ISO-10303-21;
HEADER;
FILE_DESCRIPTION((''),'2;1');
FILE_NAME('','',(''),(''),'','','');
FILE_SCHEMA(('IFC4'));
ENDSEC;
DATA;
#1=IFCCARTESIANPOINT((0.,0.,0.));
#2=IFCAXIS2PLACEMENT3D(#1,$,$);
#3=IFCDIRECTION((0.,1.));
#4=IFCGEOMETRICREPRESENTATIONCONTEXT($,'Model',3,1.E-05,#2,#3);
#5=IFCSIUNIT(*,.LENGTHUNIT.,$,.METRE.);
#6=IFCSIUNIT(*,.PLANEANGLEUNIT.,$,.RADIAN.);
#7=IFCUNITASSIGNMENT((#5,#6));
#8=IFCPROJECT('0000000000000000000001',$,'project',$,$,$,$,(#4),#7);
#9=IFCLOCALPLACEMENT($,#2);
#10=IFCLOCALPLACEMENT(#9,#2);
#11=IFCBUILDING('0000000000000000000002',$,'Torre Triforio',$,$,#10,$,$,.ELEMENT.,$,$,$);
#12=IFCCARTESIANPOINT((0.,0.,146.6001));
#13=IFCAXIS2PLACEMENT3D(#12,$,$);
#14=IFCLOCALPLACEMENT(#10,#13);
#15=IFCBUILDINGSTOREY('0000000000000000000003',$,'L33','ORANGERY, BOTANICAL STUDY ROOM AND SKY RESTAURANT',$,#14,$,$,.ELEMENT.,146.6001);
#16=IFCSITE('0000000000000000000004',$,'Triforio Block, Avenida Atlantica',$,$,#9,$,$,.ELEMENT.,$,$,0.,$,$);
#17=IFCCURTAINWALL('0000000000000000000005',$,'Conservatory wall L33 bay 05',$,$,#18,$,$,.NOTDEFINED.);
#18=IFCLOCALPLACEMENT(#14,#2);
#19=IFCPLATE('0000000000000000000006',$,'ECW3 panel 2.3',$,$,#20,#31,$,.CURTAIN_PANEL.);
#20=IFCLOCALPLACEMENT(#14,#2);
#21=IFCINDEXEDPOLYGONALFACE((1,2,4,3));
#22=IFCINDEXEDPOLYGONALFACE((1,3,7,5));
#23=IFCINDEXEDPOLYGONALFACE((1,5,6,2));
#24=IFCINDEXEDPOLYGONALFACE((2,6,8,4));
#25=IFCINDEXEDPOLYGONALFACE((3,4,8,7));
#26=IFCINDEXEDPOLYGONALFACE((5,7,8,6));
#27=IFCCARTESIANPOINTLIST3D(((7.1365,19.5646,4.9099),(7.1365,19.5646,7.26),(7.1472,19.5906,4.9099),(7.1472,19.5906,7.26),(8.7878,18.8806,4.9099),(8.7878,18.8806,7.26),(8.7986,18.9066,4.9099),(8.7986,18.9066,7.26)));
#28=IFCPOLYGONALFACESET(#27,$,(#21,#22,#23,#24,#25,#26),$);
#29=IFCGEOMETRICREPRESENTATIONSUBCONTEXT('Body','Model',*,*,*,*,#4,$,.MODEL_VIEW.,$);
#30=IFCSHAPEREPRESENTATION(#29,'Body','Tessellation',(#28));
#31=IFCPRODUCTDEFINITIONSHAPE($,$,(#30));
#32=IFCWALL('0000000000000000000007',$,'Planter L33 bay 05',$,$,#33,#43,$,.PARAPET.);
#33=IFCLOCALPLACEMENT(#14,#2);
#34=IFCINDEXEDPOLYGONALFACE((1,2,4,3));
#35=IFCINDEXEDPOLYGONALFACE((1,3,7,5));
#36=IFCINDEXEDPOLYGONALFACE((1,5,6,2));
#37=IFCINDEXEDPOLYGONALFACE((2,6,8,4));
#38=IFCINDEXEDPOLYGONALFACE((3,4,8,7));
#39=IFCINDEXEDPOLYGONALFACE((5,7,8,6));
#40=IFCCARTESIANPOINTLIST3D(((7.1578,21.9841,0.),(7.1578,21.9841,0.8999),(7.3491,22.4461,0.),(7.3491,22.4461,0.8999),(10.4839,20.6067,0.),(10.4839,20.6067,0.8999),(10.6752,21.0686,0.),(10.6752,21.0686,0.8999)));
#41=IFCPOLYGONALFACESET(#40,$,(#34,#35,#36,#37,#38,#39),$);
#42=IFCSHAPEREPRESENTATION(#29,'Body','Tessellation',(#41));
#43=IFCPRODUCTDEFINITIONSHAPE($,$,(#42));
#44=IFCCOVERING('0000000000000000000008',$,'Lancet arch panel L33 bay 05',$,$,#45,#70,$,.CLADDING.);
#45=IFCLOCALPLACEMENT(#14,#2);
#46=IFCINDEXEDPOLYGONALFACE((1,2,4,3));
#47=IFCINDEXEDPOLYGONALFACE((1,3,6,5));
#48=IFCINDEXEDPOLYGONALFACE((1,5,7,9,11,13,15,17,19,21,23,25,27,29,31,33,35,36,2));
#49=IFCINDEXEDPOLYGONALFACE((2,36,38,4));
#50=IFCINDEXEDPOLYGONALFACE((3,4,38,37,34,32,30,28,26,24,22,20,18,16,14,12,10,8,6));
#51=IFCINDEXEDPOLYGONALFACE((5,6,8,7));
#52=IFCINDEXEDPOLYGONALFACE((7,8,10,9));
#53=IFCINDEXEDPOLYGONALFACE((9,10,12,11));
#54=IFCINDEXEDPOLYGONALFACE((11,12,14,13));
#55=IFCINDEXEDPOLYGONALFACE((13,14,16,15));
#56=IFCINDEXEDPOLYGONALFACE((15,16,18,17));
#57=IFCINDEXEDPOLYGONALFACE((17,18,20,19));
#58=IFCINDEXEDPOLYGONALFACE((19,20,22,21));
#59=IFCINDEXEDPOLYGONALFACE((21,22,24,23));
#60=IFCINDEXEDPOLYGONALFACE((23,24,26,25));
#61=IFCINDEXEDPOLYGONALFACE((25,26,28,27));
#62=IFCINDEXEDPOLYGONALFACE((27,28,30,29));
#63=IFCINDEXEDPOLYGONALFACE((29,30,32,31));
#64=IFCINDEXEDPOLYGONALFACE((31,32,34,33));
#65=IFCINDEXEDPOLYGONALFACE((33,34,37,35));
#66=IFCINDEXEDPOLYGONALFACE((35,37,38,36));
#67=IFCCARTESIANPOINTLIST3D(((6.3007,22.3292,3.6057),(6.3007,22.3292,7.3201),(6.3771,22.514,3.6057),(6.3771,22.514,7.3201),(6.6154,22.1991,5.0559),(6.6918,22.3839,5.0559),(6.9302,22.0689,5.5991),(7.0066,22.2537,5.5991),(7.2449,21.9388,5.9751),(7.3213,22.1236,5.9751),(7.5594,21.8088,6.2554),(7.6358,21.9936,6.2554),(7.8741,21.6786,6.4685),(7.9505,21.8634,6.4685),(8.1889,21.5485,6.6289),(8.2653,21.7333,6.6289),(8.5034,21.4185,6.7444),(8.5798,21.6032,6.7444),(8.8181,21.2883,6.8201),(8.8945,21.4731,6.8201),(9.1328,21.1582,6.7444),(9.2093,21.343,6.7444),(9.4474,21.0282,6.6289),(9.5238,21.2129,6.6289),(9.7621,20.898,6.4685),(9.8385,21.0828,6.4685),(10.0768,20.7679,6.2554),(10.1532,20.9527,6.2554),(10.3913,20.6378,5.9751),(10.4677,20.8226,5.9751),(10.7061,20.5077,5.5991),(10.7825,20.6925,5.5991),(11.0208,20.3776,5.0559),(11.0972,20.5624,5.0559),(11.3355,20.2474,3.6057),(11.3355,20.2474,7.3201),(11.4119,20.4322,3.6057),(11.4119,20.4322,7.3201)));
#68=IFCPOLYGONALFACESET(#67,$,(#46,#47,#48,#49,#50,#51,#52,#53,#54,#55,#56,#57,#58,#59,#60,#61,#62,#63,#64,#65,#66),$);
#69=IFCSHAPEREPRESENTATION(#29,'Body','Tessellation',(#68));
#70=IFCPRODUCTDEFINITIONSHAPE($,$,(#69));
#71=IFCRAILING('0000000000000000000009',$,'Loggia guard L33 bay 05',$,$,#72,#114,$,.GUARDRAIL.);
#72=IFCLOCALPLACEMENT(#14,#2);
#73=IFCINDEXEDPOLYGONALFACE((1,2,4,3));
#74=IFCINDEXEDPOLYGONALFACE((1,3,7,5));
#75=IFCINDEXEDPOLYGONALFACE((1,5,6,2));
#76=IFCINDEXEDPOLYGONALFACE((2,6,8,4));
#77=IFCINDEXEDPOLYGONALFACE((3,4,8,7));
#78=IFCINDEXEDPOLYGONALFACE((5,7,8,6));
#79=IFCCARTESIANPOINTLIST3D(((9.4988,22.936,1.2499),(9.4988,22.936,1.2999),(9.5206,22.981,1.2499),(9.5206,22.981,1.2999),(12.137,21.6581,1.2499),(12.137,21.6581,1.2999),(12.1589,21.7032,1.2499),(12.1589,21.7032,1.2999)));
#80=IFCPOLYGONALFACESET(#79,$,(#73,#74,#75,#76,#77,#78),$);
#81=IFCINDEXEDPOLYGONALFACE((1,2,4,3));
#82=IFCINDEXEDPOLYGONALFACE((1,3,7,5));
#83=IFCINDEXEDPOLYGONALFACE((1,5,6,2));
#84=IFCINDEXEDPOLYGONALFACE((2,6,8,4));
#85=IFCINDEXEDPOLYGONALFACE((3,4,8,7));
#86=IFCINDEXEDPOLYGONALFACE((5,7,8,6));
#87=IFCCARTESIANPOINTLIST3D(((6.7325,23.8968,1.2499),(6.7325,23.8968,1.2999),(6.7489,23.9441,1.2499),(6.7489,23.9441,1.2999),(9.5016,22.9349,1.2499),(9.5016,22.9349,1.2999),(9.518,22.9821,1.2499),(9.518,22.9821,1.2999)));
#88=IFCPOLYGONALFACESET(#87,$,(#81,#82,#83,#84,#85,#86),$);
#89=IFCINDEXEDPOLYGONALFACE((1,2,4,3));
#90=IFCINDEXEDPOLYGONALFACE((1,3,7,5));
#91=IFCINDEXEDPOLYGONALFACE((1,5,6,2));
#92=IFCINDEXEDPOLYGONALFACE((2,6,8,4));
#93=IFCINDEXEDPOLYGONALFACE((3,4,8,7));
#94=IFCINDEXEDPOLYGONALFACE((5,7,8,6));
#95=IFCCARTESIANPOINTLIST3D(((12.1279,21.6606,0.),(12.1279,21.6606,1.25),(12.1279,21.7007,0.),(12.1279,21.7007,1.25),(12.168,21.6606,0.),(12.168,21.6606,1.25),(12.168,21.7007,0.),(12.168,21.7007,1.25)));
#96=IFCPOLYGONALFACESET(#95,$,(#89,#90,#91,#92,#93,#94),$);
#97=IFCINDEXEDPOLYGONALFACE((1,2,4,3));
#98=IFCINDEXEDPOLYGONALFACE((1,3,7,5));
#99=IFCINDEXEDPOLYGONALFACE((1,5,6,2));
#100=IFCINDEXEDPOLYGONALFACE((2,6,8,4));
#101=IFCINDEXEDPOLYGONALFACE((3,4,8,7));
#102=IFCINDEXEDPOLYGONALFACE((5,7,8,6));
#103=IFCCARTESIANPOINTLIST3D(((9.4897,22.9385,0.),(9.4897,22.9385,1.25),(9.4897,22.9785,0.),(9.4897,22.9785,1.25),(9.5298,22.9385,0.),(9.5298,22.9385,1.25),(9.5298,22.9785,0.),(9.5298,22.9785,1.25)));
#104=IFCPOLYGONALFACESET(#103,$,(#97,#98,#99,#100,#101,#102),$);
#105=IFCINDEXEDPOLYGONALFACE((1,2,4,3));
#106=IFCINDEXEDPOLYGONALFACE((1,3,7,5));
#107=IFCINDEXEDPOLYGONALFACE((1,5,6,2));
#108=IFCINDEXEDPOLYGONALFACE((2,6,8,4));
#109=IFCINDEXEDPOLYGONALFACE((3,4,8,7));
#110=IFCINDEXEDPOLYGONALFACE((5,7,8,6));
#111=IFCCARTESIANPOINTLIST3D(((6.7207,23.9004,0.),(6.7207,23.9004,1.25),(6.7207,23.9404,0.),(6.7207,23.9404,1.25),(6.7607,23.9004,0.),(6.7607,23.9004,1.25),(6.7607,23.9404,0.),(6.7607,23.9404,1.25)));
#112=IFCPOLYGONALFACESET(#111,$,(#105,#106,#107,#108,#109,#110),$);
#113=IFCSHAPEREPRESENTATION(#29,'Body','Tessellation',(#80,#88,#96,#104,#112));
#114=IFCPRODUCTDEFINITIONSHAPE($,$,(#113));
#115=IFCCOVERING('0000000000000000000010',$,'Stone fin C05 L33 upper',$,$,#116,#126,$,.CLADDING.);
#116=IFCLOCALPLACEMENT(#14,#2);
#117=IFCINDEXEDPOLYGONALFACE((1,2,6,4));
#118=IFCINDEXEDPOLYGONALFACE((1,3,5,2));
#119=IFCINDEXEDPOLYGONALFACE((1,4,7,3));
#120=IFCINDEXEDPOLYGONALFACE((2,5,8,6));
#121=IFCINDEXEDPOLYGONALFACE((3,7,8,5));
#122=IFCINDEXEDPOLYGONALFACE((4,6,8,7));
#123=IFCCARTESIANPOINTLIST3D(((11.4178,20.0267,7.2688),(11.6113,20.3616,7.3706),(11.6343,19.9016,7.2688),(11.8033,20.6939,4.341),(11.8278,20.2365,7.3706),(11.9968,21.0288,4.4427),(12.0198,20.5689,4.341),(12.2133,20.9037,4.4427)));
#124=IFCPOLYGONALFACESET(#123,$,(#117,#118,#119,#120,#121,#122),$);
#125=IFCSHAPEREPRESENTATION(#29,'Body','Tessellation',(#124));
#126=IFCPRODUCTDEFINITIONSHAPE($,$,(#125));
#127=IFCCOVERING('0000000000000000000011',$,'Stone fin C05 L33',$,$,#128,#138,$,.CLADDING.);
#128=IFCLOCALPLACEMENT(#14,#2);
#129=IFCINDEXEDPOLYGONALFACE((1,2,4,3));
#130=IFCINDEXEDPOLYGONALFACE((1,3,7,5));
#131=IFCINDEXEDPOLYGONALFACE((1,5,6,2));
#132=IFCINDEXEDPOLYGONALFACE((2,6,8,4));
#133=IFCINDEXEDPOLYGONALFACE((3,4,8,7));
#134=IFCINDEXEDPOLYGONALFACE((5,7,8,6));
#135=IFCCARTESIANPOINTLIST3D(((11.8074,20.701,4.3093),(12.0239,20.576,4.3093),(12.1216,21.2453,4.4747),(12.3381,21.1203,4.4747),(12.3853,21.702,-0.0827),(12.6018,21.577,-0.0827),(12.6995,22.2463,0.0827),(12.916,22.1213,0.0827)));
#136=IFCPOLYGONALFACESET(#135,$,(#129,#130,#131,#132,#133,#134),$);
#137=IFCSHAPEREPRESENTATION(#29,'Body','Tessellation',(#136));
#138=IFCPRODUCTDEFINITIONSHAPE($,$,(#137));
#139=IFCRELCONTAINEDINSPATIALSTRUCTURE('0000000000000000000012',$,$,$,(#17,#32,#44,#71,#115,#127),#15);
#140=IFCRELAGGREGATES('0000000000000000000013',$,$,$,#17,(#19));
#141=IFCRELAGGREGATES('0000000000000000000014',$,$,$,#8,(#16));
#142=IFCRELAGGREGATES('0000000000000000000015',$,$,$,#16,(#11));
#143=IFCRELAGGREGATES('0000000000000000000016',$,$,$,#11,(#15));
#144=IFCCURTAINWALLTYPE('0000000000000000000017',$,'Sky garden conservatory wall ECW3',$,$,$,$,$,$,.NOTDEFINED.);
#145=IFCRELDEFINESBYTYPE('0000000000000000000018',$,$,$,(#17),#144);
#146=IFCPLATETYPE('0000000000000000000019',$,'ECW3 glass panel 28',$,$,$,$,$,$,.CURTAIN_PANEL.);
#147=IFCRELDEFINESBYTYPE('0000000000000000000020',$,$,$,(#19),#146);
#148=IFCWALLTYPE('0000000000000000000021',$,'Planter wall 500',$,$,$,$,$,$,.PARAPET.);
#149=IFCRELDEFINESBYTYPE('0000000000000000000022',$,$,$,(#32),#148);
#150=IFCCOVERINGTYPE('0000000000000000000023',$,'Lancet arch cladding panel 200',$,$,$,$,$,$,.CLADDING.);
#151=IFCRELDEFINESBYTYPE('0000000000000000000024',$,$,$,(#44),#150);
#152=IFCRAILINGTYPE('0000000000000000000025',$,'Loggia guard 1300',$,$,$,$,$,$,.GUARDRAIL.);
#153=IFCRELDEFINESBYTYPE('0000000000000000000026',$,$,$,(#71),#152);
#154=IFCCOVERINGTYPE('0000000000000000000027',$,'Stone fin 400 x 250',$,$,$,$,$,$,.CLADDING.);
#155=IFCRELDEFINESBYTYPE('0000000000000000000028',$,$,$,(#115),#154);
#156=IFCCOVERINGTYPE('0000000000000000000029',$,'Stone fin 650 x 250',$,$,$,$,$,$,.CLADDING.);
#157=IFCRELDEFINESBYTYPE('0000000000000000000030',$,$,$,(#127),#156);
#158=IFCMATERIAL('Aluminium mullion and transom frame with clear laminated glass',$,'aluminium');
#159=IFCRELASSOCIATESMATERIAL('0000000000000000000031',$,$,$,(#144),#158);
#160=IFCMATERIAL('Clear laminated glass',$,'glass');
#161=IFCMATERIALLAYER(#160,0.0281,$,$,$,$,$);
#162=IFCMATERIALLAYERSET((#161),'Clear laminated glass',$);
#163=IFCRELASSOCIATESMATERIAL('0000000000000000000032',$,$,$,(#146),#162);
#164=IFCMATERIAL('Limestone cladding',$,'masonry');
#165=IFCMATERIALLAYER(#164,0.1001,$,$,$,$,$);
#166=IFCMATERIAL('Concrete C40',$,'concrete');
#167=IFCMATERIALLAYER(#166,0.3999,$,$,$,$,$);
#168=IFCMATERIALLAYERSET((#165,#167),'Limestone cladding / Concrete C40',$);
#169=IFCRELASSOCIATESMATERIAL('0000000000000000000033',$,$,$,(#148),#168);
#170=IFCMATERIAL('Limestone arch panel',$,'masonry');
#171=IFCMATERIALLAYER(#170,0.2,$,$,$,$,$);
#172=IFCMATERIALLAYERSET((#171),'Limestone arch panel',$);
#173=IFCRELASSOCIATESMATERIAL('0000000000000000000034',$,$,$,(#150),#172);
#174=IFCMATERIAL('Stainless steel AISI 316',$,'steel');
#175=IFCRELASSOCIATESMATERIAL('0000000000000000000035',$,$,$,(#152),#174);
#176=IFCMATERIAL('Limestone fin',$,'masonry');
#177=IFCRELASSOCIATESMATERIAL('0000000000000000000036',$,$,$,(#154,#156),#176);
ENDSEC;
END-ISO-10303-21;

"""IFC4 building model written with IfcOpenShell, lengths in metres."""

from ifc_helpers import new_model, si_unit, direction, frame, frame_2d, origin, origin_2d, place, context, subcontext, project, spatial, polyline, rectangle, outline, extrude, material, layer, layer_set, material_profile, profile_set, type_object, element, aggregate, save


model = new_model("IFC4")

# Units and contexts
model_context = context("Model", 3, precision=1e-05, world=origin(), true_north=direction((0.0, 1.0)))
body_context = subcontext(model_context, "Body", "Model", "MODEL_VIEW")
ifc_project = project(units=[si_unit("LENGTHUNIT", "METRE"), si_unit("PLANEANGLEUNIT", "RADIAN")], contexts=[model_context])

# Site, building, storey
site_placement = place(None, origin())
site = spatial("IfcSite", under=ifc_project, at=site_placement, Name="Triforio Block, Avenida Atlantica", CompositionType="ELEMENT", RefElevation=0.0)
building_placement = place(site_placement, origin())
building = spatial("IfcBuilding", under=site, at=building_placement, Name="Torre Triforio", CompositionType="ELEMENT")
storey_placement = place(building_placement, frame((0.0, 0.0, 146.6001)))
storey = spatial("IfcBuildingStorey", under=building, at=storey_placement, Name="L33", Description="ORANGERY, BOTANICAL STUDY ROOM AND SKY RESTAURANT", CompositionType="ELEMENT", Elevation=146.6001)

# Curtain wall
ifc_material_1 = material(Name="Aluminium mullion and transom frame with clear laminated glass", Category="aluminium")
curtain_wall_type = type_object("IfcCurtainWallType", Name="Sky garden conservatory wall ECW3", PredefinedType="NOTDEFINED", material=ifc_material_1)
curtain_wall_placement = place(storey_placement, origin())
curtain_wall = element("IfcCurtainWall", 1, at=curtain_wall_placement, inside=storey, type_object=curtain_wall_type, Name="Conservatory wall L33 bay 05", PredefinedType="NOTDEFINED")

# Plate
ifc_material_2 = material(Name="Clear laminated glass", Category="glass")
ifc_layer_1 = layer(ifc_material_2, 0.0281)
ifc_layer_set_1 = layer_set([ifc_layer_1], Name="Clear laminated glass")
plate_type = type_object("IfcPlateType", Name="ECW3 glass panel 28", PredefinedType="CURTAIN_PANEL", material=ifc_layer_set_1)
plate_1_placement = place(storey_placement, frame((7.9675, 19.2356, 4.9099), z_axis=(0.0, 0.0, 1.0), x_axis=(-0.923883, 0.382675, 0.0)))
plate_1 = element("IfcPlate", 2, at=plate_1_placement, type_object=plate_type, Name="ECW3 panel 2.3", PredefinedType="CURTAIN_PANEL", context=body_context, shape_type="SweptSolid", body=[
    extrude(rectangle(XDim=1.7874, YDim=0.0281, at=origin_2d()), origin(), (0.0, 0.0, 1.0), 2.3501),
])
aggregate(curtain_wall, [plate_1])

# Wall
ifc_material_3 = material(Name="Limestone cladding", Category="masonry")
ifc_layer_2 = layer(ifc_material_3, 0.1001)
ifc_material_4 = material(Name="Concrete C40", Category="concrete")
ifc_layer_3 = layer(ifc_material_4, 0.3999)
ifc_layer_set_2 = layer_set([ifc_layer_2, ifc_layer_3], Name="Limestone cladding / Concrete C40")
wall_type = type_object("IfcWallType", Name="Planter wall 500", PredefinedType="PARAPET", material=ifc_layer_set_2)
wall_placement = place(storey_placement, frame((10.5796, 20.8376, 0.0), z_axis=(0.0, 0.0, 1.0), x_axis=(-0.923909, 0.382611, 0.0)))
element("IfcWall", 3, at=wall_placement, inside=storey, type_object=wall_type, Name="Planter L33 bay 05", PredefinedType="PARAPET", context=body_context, shape_type="SweptSolid", body=[
    extrude(rectangle(XDim=3.6001, YDim=0.5, at=frame_2d((1.8, 0.0))), origin(), (0.0, 0.0, 1.0), 0.8999),
])

# Covering
ifc_material_5 = material(Name="Limestone arch panel", Category="masonry")
ifc_layer_4 = layer(ifc_material_5, 0.2)
ifc_layer_set_3 = layer_set([ifc_layer_4], Name="Limestone arch panel")
covering_type_1 = type_object("IfcCoveringType", Name="Lancet arch cladding panel 200", PredefinedType="CLADDING", material=ifc_layer_set_3)
covering_1_placement = place(storey_placement, frame((8.8181, 21.2883, 0.0), z_axis=(0.3821, 0.924121, 0.0), x_axis=(-0.924121, 0.3821, 0.0)))
element("IfcCovering", 4, at=covering_1_placement, inside=storey, type_object=covering_type_1, Name="Lancet arch panel L33 bay 05", PredefinedType="CLADDING", context=body_context, shape_type="SweptSolid", body=[
    extrude(outline(polyline([(-2.7241, 7.3201), (-2.7241, 3.6057), (-2.3835, 5.0559), (-2.043, 5.5991), (-1.7024, 5.9751), (-1.3621, 6.2554), (-1.0215, 6.4685), (-0.6809, 6.6289), (-0.3406, 6.7444), (0.0, 6.8201), (0.3406, 6.7444), (0.6809, 6.6289), (1.0215, 6.4685), (1.3621, 6.2554), (1.7024, 5.9751), (2.043, 5.5991), (2.3835, 5.0559), (2.7241, 3.6057), (2.7241, 7.3201), (-2.7241, 7.3201)])), origin(), (0.0, 0.0, 1.0), 0.2),
])

# Railing
ifc_material_6 = material(Name="Stainless steel AISI 316", Category="steel")
railing_type = type_object("IfcRailingType", Name="Loggia guard 1300", PredefinedType="GUARDRAIL", material=ifc_material_6)
railing_placement = place(storey_placement, frame((12.1479, 21.6807, 0.0)))
element("IfcRailing", 5, at=railing_placement, inside=storey, type_object=railing_type, Name="Loggia guard L33 bay 05", PredefinedType="GUARDRAIL", context=body_context, shape_type="SweptSolid", body=[
    extrude(rectangle(XDim=0.05, YDim=0.05, at=origin_2d()), frame((0.0, 0.0, 1.2749), z_axis=(-0.899986, 0.435918, 0.0), x_axis=(-0.435918, -0.899986, 0.0)), (0.0, 0.0, 1.0), 2.9314),
    extrude(rectangle(XDim=0.05, YDim=0.05, at=origin_2d()), frame((-2.6382, 1.2778, 1.2749), z_axis=(-0.944627, 0.328146, 0.0), x_axis=(-0.328146, -0.944627, 0.0)), (0.0, 0.0, 1.0), 2.9314),
    extrude(rectangle(XDim=0.04, YDim=0.04, at=origin_2d()), origin(), (0.0, 0.0, 1.0), 1.25),
    extrude(rectangle(XDim=0.04, YDim=0.04, at=origin_2d()), frame((-2.6382, 1.2778, 0.0)), (0.0, 0.0, 1.0), 1.25),
    extrude(rectangle(XDim=0.04, YDim=0.04, at=origin_2d()), frame((-5.4072, 2.2397, 0.0)), (0.0, 0.0, 1.0), 1.25),
])

# Coverings
ifc_material_7 = material(Name="Limestone fin", Category="masonry")
ifc_material_profile_1 = material_profile(ifc_material_7, rectangle(XDim=0.3999, YDim=0.25, at=origin_2d()), Name="FIN 400x250")
ifc_profile_set_1 = profile_set([ifc_material_profile_1], Name="Limestone fin")
covering_type_2 = type_object("IfcCoveringType", Name="Stone fin 400 x 250", PredefinedType="CLADDING", material=ifc_profile_set_1)
covering_2_placement = place(storey_placement, frame((12.0083, 20.7988, 4.3918), z_axis=(-0.127324, -0.220378, 0.967069), x_axis=(0.483787, 0.83736, 0.254516)))
element("IfcCovering", 6, at=covering_2_placement, inside=storey, type_object=covering_type_2, Name="Stone fin C05 L33 upper", PredefinedType="CLADDING", context=body_context, shape_type="SweptSolid", body=[
    extrude(rectangle(XDim=0.3999, YDim=0.25, at=origin_2d()), origin(), (0.0, 0.0, 1.0), 3.0276),
])
ifc_material_profile_2 = material_profile(ifc_material_7, rectangle(XDim=0.6499, YDim=0.25, at=origin_2d()), Name="FIN 650x250")
ifc_profile_set_2 = profile_set([ifc_material_profile_2], Name="Limestone fin")
covering_type_3 = type_object("IfcCoveringType", Name="Stone fin 650 x 250", PredefinedType="CLADDING", material=ifc_profile_set_2)
covering_3_placement = place(storey_placement, frame((12.6506, 21.9116, 0.0), z_axis=(-0.127248, -0.220412, 0.967071), x_axis=(0.483515, 0.83752, 0.254506)))
element("IfcCovering", 7, at=covering_3_placement, inside=storey, type_object=covering_type_3, Name="Stone fin C05 L33", PredefinedType="CLADDING", context=body_context, shape_type="SweptSolid", body=[
    extrude(rectangle(XDim=0.6499, YDim=0.25, at=origin_2d()), origin(), (0.0, 0.0, 1.0), 4.5415),
])

save(model, "model.ifc")
